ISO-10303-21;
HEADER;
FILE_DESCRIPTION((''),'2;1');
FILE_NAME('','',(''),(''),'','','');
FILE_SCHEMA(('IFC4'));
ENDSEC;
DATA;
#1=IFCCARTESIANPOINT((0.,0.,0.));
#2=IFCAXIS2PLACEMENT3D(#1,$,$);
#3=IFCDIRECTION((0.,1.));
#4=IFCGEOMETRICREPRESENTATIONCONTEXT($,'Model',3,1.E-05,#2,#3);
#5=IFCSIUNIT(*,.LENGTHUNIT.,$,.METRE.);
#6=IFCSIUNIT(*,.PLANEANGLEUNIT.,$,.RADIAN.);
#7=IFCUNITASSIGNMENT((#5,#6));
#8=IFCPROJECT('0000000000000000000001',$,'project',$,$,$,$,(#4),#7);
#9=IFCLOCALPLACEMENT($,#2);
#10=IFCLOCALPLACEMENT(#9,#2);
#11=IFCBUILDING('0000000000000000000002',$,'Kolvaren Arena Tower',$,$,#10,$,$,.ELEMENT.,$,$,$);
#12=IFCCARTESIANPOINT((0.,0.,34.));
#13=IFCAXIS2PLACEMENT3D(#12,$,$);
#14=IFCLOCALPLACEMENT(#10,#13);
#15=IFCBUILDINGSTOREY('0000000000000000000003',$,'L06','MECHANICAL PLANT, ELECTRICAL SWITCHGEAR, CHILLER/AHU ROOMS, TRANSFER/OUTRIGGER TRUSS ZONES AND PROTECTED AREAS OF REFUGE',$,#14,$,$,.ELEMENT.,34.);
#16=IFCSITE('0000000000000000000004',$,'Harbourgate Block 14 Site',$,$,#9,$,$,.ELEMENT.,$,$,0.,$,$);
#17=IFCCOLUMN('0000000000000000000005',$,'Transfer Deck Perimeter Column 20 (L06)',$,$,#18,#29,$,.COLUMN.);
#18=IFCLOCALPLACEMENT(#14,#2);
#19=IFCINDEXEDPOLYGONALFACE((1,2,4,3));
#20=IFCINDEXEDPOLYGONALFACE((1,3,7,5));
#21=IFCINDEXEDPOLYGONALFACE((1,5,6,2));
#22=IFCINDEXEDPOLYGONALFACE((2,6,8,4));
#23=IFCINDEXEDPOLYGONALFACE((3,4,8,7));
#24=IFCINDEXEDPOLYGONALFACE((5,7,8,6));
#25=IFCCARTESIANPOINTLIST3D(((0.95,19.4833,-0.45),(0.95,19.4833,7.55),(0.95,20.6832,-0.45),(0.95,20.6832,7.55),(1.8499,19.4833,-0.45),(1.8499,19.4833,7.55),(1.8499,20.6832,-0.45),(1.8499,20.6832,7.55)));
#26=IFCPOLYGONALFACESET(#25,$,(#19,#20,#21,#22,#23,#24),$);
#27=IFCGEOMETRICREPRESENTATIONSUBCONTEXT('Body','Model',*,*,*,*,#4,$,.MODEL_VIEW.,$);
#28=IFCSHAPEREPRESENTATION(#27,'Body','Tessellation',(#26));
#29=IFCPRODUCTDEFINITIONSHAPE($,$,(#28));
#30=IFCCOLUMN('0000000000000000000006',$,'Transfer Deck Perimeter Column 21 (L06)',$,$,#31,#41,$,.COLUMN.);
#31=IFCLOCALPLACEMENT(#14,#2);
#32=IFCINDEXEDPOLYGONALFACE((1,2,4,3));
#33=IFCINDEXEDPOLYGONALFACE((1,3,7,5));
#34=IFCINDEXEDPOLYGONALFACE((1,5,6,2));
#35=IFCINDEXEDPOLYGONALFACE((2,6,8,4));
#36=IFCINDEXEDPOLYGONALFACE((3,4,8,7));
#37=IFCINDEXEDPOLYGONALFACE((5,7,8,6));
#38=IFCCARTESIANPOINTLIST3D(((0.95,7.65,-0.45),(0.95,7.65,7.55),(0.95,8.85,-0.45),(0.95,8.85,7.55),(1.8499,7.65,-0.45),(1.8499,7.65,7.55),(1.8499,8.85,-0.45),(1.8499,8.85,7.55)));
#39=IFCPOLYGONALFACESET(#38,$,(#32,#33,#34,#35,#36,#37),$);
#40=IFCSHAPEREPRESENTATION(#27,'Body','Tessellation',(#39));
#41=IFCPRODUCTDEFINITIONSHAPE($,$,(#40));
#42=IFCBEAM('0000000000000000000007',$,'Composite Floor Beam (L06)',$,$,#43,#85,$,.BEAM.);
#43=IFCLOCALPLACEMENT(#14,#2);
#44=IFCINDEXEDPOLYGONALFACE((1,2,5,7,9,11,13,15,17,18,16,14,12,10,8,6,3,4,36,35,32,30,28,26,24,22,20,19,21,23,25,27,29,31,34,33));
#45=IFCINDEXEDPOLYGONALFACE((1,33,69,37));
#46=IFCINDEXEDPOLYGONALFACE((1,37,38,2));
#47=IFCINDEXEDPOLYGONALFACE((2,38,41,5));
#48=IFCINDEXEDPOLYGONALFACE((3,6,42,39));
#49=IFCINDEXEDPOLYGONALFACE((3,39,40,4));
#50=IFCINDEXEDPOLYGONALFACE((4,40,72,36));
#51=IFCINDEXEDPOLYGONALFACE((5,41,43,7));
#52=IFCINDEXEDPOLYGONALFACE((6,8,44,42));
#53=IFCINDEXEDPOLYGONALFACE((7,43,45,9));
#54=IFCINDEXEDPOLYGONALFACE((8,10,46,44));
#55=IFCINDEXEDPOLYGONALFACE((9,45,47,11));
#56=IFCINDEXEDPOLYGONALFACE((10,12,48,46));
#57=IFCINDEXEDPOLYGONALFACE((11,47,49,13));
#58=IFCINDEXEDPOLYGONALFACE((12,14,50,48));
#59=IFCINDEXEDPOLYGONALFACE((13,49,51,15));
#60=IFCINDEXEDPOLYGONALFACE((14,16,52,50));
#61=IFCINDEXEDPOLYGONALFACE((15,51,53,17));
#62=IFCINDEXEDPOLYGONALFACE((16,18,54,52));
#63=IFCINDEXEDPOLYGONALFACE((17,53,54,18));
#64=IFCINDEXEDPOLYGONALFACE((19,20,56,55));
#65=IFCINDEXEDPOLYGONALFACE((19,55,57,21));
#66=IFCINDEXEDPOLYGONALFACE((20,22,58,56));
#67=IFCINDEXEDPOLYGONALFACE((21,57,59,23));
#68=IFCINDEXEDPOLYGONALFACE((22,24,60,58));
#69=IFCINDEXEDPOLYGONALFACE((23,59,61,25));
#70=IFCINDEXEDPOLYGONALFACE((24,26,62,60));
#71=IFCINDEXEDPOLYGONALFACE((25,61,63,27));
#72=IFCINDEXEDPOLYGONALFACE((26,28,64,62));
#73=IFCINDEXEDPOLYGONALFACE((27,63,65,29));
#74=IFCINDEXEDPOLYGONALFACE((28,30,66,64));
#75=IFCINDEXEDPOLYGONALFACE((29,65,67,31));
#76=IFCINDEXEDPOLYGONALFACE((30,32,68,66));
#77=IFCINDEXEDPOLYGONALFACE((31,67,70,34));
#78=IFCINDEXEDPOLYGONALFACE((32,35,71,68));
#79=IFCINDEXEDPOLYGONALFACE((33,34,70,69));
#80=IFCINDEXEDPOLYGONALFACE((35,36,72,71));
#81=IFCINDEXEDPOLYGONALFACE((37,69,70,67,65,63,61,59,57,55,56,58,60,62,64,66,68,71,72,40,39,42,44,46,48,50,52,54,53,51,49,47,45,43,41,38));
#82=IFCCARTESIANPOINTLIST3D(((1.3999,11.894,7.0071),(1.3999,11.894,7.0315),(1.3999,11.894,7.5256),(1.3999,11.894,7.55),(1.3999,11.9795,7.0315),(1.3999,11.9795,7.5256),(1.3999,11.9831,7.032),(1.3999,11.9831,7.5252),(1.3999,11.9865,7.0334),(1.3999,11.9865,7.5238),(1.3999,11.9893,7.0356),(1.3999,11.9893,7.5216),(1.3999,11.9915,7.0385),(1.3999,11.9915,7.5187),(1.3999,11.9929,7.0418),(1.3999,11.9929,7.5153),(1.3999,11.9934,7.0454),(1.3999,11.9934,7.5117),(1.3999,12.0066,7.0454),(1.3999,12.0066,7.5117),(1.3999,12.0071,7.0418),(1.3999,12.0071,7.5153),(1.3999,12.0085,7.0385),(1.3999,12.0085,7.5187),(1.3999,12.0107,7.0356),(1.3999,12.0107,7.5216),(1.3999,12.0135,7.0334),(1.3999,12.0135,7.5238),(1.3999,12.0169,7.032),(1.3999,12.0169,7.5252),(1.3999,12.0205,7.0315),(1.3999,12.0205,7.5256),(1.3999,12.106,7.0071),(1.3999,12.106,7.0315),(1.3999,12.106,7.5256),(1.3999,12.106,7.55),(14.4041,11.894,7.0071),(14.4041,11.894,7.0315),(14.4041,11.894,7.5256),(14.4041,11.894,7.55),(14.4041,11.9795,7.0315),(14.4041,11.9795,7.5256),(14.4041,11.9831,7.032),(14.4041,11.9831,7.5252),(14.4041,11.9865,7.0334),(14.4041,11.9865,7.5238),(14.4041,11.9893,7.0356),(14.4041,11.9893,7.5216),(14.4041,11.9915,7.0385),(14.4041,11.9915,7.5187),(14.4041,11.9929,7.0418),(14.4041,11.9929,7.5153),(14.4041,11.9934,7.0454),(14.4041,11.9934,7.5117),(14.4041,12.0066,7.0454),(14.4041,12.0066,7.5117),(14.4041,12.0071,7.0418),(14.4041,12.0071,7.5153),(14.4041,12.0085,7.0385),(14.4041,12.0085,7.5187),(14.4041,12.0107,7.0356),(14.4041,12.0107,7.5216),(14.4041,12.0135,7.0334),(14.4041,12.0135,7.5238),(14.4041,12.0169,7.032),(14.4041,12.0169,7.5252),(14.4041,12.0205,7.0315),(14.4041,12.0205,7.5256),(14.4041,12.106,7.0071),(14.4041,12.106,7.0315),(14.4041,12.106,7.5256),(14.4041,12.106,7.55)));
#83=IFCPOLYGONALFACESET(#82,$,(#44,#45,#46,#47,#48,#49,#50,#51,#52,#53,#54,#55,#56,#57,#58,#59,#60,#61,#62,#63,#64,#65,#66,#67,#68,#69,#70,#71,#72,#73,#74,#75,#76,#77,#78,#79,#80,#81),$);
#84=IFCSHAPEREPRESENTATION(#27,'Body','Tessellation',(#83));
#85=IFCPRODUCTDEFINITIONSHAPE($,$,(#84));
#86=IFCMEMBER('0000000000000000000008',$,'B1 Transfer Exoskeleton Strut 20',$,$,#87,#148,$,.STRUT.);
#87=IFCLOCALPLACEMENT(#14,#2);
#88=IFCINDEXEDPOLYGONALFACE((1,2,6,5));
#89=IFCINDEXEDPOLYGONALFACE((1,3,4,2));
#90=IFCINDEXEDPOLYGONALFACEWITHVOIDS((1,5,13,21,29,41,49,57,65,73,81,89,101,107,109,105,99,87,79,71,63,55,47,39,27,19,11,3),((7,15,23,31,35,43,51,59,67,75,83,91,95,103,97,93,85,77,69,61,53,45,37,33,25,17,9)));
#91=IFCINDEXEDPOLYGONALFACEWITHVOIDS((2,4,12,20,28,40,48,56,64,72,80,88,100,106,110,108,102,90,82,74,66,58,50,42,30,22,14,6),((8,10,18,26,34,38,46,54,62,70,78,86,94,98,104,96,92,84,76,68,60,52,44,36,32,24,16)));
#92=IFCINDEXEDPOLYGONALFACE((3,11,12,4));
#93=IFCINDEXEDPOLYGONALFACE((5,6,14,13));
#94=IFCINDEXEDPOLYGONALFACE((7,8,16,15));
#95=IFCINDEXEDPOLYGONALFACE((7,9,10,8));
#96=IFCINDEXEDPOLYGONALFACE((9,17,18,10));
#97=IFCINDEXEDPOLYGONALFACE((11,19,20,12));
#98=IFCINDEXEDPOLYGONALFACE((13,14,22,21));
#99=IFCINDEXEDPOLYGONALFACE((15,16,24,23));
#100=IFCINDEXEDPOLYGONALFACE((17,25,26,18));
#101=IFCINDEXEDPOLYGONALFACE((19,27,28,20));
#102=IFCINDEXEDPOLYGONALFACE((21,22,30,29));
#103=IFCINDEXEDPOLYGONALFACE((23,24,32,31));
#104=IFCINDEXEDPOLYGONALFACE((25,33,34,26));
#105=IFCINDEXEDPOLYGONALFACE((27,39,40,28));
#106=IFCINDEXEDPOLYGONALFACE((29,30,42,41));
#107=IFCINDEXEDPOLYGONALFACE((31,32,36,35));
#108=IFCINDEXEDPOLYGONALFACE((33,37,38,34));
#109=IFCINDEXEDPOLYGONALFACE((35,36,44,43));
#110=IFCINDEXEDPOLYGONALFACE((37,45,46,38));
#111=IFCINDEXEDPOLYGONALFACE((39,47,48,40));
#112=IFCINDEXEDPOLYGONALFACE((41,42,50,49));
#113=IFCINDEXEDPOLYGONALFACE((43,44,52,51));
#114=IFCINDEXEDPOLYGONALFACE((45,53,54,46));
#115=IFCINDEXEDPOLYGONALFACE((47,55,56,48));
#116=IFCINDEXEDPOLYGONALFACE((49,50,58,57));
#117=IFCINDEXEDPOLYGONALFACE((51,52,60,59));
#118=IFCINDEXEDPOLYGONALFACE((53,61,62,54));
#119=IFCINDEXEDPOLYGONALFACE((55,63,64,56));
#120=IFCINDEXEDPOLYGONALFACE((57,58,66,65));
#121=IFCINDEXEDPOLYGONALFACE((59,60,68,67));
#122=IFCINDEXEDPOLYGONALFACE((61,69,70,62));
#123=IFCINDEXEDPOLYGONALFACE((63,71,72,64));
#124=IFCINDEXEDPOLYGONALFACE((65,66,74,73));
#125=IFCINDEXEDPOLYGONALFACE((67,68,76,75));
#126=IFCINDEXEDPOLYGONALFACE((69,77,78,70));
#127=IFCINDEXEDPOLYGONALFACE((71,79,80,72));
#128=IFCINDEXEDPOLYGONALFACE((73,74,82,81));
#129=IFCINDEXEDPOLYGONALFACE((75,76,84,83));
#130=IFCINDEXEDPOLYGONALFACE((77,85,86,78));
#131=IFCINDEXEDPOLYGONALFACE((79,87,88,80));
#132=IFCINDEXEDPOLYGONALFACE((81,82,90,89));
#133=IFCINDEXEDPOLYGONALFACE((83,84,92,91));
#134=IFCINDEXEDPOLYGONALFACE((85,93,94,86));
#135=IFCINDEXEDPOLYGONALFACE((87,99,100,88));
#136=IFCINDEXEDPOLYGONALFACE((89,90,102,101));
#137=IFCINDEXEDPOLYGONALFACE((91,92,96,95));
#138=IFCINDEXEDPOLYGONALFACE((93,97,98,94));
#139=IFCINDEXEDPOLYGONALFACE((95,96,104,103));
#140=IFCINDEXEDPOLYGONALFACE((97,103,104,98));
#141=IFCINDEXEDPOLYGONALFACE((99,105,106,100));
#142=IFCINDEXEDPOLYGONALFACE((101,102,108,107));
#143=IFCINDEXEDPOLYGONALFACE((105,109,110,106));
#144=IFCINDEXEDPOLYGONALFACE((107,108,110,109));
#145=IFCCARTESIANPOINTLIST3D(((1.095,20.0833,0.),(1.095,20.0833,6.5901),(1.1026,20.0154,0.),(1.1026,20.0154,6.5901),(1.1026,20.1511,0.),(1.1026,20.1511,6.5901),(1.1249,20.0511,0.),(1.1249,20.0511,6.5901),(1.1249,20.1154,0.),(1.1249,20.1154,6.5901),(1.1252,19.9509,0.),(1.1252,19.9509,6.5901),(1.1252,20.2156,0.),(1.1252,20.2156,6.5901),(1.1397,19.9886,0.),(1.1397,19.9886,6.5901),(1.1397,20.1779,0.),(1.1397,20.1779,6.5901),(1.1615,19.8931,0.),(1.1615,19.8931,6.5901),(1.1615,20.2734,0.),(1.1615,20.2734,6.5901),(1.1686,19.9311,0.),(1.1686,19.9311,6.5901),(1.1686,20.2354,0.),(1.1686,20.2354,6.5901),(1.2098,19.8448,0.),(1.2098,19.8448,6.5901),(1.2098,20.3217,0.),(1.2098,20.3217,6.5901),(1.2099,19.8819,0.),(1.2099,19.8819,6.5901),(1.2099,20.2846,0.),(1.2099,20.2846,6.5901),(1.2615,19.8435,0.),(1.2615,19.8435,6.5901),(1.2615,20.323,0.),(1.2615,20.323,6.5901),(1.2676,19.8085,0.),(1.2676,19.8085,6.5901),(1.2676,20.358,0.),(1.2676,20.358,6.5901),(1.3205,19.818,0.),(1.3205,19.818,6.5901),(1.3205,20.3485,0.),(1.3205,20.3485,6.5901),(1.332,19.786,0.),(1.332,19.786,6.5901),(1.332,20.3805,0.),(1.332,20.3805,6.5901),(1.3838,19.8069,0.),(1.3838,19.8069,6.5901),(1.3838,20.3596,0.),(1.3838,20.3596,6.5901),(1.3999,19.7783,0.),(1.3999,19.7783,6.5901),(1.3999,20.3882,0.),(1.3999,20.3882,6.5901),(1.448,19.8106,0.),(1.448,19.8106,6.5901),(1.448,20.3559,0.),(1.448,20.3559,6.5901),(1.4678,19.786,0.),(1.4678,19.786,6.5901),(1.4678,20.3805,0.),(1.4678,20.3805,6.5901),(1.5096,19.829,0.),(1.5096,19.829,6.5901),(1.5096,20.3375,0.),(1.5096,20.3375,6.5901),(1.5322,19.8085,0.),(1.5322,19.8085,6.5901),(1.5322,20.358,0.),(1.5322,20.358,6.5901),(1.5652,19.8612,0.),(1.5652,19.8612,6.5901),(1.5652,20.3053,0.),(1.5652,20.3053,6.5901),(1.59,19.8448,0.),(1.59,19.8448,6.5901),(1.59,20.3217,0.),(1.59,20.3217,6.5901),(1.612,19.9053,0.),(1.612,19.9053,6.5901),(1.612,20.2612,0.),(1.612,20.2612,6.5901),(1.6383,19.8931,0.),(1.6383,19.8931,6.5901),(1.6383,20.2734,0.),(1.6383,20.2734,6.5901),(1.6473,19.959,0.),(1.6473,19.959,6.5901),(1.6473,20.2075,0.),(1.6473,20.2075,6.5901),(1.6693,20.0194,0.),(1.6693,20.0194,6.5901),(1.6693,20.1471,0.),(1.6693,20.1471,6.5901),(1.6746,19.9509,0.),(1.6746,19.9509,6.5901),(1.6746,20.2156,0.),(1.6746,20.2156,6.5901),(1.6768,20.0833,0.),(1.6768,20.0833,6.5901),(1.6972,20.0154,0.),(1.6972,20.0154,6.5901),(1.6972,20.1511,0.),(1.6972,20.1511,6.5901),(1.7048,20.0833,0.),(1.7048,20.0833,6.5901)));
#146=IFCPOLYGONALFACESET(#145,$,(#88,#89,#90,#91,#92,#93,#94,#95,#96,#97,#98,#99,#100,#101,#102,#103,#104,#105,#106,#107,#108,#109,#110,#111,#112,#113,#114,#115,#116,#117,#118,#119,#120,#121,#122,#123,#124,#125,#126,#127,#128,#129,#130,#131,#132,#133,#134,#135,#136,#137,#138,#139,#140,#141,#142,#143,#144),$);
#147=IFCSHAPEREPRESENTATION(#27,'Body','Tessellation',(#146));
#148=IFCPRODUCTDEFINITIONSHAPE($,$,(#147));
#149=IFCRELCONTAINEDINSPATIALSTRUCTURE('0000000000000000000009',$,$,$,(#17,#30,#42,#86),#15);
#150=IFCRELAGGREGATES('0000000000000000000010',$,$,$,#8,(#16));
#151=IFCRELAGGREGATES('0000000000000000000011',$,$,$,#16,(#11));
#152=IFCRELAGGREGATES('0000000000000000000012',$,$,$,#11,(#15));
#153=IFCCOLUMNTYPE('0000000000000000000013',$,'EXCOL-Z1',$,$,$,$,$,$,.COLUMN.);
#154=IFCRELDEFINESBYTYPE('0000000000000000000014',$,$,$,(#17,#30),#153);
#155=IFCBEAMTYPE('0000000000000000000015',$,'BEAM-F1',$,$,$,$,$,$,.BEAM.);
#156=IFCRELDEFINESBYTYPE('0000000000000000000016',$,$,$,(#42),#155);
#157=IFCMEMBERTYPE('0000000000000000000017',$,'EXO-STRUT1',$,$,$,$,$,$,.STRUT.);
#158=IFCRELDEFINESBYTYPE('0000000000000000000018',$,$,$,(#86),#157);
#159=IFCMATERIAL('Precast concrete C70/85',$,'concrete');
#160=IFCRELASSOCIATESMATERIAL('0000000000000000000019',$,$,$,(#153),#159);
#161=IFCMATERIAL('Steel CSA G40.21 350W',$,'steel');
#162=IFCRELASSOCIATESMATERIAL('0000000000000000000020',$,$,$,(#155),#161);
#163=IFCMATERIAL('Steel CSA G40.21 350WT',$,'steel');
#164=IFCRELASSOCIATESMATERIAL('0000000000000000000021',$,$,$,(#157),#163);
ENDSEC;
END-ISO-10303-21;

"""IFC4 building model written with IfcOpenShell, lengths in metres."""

from ifc_helpers import new_model, si_unit, direction, frame, origin, origin_2d, place, context, subcontext, project, spatial, rectangle, hollow_circle, i_section, extrude, material, material_profile, profile_set, type_object, element, save


model = new_model("IFC4")

# Units and contexts
model_context = context("Model", 3, precision=1e-05, world=origin(), true_north=direction((0.0, 1.0)))
body_context = subcontext(model_context, "Body", "Model", "MODEL_VIEW")
ifc_project = project(units=[si_unit("LENGTHUNIT", "METRE"), si_unit("PLANEANGLEUNIT", "RADIAN")], contexts=[model_context])

# Site, building, storey
site_placement = place(None, origin())
site = spatial("IfcSite", under=ifc_project, at=site_placement, Name="Harbourgate Block 14 Site", CompositionType="ELEMENT", RefElevation=0.0)
building_placement = place(site_placement, origin())
building = spatial("IfcBuilding", under=site, at=building_placement, Name="Kolvaren Arena Tower", CompositionType="ELEMENT")
storey_placement = place(building_placement, frame((0.0, 0.0, 34.0)))
storey = spatial("IfcBuildingStorey", under=building, at=storey_placement, Name="L06", Description="MECHANICAL PLANT, ELECTRICAL SWITCHGEAR, CHILLER/AHU ROOMS, TRANSFER/OUTRIGGER TRUSS ZONES AND PROTECTED AREAS OF REFUGE", CompositionType="ELEMENT", Elevation=34.0)

# Columns
ifc_material_1 = material(Name="Precast concrete C70/85", Category="concrete")
ifc_material_profile_1 = material_profile(ifc_material_1, rectangle(XDim=1.2, YDim=0.8999, at=origin_2d()), Name="RC-1200x900")
ifc_profile_set_1 = profile_set([ifc_material_profile_1], Name="Precast concrete C70/85")
column_type = type_object("IfcColumnType", Name="EXCOL-Z1", PredefinedType="COLUMN", material=ifc_profile_set_1)
for number, where, z_axis, x_axis, name in (
    (1, (1.3999, 20.0833, -0.45), (0.0, 0.0, 1.0), (0.0, 1.0, 0.0), "Transfer Deck Perimeter Column 20 (L06)"),
    (2, (1.3999, 8.25, -0.45), (0.0, 0.0, 1.0), (0.0, 1.0, 0.0), "Transfer Deck Perimeter Column 21 (L06)"),
):
    element("IfcColumn", number, at=place(storey_placement, frame(where, z_axis=z_axis, x_axis=x_axis)), inside=storey, type_object=column_type, Name=name, PredefinedType="COLUMN", context=body_context, shape_type="SweptSolid", body=[
        extrude(rectangle(XDim=1.2, YDim=0.8999, at=origin_2d()), origin(), (0.0, 0.0, 1.0), 8.0),
    ])

# Beam
ifc_material_2 = material(Name="Steel CSA G40.21 350W", Category="steel")
ifc_material_profile_2 = material_profile(ifc_material_2, i_section(OverallWidth=0.2119, OverallDepth=0.543, WebThickness=0.0132, FlangeThickness=0.0244, FilletRadius=0.0139, at=origin_2d()), Name="W530x150")
ifc_profile_set_2 = profile_set([ifc_material_profile_2], Name="Steel CSA G40.21 350W")
beam_type_1 = type_object("IfcBeamType", Name="BEAM-F1", PredefinedType="BEAM", material=ifc_profile_set_2)
beam_1_placement = place(storey_placement, frame((1.3999, 12.0, 7.2786), z_axis=(1.0, 0.0, 0.0), x_axis=(0.0, 1.0, 0.0)))
element("IfcBeam", 3, at=beam_1_placement, inside=storey, type_object=beam_type_1, Name="Composite Floor Beam (L06)", PredefinedType="BEAM", context=body_context, shape_type="SweptSolid", body=[
    extrude(i_section(OverallWidth=0.2119, OverallDepth=0.543, WebThickness=0.0132, FlangeThickness=0.0244, FilletRadius=0.0139, at=origin_2d()), origin(), (0.0, 0.0, 1.0), 13.0042),
])

# Member
ifc_material_3 = material(Name="Steel CSA G40.21 350WT", Category="steel")
ifc_material_profile_3 = material_profile(ifc_material_3, hollow_circle(Radius=0.3049, WallThickness=0.0281, at=origin_2d()), Name="CHS 610x28")
ifc_profile_set_3 = profile_set([ifc_material_profile_3], Name="Steel CSA G40.21 350WT")
member_type = type_object("IfcMemberType", Name="EXO-STRUT1", PredefinedType="STRUT", material=ifc_profile_set_3)
for number, where, z_axis, x_axis, name in (
    (4, (1.3999, 20.0833, 0.0), (0.0, 0.0, 1.0), (1.0, 0.0, 0.0), "B1 Transfer Exoskeleton Strut 20"),
):
    element("IfcMember", number, at=place(storey_placement, frame(where, z_axis=z_axis, x_axis=x_axis)), inside=storey, type_object=member_type, Name=name, PredefinedType="STRUT", context=body_context, shape_type="SweptSolid", body=[
        extrude(hollow_circle(Radius=0.3049, WallThickness=0.0281, at=origin_2d()), origin(), (0.0, 0.0, 1.0), 6.5901),
    ])

save(model, "model.ifc")
